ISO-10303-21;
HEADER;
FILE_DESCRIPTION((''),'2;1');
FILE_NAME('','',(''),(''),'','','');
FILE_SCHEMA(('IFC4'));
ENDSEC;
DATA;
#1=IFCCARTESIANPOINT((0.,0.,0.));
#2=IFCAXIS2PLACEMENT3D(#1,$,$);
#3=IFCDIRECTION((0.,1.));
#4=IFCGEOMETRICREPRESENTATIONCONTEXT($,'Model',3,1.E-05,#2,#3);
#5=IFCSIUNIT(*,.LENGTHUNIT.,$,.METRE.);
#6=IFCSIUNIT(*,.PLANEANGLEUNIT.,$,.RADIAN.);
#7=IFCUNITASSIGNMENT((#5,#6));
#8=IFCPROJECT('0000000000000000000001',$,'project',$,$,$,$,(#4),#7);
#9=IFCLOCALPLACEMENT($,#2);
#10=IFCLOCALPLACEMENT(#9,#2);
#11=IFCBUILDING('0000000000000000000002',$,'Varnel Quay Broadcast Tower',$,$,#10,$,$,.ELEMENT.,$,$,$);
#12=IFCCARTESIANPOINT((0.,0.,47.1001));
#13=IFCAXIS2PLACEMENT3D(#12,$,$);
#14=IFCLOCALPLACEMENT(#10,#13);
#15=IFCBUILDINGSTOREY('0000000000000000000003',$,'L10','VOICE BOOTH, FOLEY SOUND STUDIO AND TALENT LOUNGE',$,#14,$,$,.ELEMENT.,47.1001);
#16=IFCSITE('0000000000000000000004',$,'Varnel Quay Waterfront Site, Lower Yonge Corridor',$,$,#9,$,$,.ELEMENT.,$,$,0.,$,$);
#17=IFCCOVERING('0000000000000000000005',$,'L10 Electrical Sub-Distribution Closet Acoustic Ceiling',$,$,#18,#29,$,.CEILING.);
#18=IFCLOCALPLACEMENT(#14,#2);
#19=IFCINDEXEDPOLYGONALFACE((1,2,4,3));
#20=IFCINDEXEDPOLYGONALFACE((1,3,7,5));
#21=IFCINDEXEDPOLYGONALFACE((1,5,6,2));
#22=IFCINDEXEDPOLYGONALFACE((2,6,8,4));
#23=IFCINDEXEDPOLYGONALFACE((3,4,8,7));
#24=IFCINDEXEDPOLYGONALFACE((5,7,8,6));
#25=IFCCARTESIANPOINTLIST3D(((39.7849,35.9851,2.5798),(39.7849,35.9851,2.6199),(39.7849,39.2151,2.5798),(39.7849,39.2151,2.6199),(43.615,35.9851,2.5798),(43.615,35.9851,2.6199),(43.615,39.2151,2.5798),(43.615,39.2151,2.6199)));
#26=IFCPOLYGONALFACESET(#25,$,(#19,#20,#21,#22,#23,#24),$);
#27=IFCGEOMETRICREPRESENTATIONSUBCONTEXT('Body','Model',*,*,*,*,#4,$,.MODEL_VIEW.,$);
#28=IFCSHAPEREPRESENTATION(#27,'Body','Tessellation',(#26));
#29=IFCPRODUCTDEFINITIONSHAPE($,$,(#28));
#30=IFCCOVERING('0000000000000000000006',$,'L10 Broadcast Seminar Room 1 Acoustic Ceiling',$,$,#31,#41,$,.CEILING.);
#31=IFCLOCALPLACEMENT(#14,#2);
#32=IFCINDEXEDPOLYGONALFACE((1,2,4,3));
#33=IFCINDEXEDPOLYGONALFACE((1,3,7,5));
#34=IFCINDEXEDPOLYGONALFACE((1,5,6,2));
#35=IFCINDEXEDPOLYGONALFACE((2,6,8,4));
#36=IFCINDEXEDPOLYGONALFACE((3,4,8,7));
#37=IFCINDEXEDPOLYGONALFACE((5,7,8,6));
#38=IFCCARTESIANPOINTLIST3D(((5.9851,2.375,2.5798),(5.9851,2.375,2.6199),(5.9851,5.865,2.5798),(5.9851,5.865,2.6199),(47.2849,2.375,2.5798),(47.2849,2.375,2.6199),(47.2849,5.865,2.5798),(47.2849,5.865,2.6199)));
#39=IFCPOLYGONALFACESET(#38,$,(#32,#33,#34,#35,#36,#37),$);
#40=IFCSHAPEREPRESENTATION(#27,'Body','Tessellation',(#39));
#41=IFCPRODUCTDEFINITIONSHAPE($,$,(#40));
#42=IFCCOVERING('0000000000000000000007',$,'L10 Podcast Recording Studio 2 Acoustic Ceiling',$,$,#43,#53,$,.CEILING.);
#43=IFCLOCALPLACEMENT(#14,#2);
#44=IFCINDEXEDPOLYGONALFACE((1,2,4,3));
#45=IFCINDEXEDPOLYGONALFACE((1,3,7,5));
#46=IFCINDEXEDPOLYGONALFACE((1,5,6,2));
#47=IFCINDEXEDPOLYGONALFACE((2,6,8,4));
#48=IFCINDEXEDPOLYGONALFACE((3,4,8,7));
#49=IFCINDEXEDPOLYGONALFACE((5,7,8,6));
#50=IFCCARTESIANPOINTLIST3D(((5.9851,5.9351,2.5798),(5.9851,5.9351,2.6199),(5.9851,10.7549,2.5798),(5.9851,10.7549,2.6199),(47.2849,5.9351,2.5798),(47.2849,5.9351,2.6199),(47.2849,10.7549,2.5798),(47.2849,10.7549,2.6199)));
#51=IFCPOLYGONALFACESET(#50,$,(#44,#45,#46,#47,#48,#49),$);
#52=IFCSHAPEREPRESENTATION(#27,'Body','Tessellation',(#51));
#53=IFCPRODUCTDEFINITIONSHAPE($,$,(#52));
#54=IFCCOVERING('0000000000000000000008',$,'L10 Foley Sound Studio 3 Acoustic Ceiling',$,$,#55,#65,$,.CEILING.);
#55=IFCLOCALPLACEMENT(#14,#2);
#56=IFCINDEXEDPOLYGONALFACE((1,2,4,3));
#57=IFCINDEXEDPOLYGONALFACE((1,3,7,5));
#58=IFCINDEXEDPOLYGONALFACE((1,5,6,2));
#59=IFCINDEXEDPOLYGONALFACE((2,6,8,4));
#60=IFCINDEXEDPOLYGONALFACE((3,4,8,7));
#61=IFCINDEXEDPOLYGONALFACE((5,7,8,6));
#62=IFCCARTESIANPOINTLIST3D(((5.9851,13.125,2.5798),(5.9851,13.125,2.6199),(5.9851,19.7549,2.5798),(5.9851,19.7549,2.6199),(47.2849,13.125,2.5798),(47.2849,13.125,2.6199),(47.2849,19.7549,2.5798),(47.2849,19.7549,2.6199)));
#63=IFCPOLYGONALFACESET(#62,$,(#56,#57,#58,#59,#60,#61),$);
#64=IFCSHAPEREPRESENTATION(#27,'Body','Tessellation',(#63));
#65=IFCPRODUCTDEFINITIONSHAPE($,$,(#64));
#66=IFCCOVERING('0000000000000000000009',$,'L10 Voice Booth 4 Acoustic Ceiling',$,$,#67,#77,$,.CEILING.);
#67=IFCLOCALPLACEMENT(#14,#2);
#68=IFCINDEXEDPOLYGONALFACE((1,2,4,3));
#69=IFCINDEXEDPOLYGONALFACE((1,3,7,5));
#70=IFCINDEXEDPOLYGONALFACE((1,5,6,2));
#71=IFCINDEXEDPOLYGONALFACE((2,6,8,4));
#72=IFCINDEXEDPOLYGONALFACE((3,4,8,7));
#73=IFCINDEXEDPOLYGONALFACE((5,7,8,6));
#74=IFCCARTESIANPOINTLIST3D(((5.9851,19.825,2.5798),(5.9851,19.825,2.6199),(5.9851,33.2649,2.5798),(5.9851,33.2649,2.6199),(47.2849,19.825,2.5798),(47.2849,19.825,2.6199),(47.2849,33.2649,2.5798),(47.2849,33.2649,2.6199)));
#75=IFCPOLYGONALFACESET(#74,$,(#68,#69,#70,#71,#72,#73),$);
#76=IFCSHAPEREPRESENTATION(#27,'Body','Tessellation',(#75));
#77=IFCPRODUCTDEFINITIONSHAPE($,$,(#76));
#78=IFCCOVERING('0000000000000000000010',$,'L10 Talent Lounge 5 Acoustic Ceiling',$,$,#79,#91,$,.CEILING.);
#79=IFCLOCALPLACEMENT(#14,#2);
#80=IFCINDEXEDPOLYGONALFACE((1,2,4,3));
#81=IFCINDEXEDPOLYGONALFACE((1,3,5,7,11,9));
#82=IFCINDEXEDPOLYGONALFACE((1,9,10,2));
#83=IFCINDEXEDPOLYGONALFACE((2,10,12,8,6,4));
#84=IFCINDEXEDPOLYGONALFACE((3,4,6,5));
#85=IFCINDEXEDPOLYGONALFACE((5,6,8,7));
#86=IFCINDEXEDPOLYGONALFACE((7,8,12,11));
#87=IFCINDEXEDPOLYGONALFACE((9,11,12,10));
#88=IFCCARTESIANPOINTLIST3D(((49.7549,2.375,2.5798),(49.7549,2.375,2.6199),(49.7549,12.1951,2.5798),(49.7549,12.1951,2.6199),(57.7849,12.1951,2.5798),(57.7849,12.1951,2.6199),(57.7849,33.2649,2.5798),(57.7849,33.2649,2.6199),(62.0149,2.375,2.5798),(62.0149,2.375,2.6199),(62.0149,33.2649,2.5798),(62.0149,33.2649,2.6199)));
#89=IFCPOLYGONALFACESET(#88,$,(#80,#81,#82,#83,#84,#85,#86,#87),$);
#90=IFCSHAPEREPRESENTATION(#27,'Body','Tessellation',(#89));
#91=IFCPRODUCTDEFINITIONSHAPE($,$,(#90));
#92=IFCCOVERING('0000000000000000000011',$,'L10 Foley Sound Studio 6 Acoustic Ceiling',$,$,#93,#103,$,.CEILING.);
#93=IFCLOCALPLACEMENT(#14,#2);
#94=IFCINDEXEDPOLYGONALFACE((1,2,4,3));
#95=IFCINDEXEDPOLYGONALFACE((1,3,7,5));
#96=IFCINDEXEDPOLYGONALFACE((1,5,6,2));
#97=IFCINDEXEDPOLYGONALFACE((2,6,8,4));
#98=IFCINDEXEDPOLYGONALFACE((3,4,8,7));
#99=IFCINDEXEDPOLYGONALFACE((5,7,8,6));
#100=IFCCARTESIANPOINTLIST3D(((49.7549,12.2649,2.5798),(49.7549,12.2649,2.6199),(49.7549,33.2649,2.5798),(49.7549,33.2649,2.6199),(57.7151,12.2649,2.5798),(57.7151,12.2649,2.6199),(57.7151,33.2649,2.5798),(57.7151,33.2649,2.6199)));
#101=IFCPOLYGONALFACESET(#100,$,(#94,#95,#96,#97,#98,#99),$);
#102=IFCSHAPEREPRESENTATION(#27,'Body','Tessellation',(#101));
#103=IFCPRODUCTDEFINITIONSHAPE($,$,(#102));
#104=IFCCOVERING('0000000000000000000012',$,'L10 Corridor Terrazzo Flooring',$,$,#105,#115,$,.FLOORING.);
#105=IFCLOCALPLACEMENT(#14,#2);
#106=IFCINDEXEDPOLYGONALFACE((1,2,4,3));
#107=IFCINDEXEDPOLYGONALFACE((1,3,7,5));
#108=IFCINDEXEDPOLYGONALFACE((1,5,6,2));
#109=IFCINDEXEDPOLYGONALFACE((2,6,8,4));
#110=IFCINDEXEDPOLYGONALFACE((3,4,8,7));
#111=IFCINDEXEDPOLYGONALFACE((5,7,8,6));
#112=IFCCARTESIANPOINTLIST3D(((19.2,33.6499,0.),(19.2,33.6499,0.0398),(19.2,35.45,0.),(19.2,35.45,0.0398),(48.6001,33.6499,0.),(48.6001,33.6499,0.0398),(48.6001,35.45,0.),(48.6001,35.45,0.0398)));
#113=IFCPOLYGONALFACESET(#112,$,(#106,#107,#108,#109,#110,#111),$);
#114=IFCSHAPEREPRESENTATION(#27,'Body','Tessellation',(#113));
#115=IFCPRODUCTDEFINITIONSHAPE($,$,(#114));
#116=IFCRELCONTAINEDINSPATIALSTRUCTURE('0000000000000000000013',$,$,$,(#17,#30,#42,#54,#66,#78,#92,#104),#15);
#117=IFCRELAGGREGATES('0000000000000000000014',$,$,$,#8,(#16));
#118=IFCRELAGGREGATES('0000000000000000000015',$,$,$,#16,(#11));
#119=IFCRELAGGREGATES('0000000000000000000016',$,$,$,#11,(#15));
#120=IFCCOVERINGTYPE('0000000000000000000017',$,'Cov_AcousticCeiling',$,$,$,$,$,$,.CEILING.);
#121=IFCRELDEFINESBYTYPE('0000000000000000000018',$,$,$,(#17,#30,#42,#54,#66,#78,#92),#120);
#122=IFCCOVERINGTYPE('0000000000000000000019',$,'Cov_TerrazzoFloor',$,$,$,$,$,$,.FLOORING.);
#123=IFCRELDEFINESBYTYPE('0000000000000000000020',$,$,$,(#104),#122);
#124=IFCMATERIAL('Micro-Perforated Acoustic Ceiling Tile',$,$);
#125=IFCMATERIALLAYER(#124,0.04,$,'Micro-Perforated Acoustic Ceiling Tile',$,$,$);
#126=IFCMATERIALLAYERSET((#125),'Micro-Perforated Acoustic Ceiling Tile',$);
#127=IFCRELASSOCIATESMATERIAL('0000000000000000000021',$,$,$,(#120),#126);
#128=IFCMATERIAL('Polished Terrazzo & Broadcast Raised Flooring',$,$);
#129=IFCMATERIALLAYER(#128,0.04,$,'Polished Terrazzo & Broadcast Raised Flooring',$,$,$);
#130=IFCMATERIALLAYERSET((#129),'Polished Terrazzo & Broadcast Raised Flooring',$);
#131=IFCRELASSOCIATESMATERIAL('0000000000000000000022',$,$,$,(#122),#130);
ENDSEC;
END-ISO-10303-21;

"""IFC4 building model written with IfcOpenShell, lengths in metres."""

from ifc_helpers import new_model, si_unit, direction, frame, origin, place, context, subcontext, project, spatial, polyline, outline, extrude, material, layer, layer_set, type_object, element, save


model = new_model("IFC4")

# Units and contexts
model_context = context("Model", 3, precision=1e-05, world=origin(), true_north=direction((0.0, 1.0)))
body_context = subcontext(model_context, "Body", "Model", "MODEL_VIEW")
ifc_project = project(units=[si_unit("LENGTHUNIT", "METRE"), si_unit("PLANEANGLEUNIT", "RADIAN")], contexts=[model_context])

# Site, building, storey
site_placement = place(None, origin())
site = spatial("IfcSite", under=ifc_project, at=site_placement, Name="Varnel Quay Waterfront Site, Lower Yonge Corridor", CompositionType="ELEMENT", RefElevation=0.0)
building_placement = place(site_placement, origin())
building = spatial("IfcBuilding", under=site, at=building_placement, Name="Varnel Quay Broadcast Tower", CompositionType="ELEMENT")
storey_placement = place(building_placement, frame((0.0, 0.0, 47.1001)))
storey = spatial("IfcBuildingStorey", under=building, at=storey_placement, Name="L10", Description="VOICE BOOTH, FOLEY SOUND STUDIO AND TALENT LOUNGE", CompositionType="ELEMENT", Elevation=47.1001)

# Coverings
ifc_material_1 = material(Name="Micro-Perforated Acoustic Ceiling Tile")
ifc_layer_1 = layer(ifc_material_1, 0.04, Name="Micro-Perforated Acoustic Ceiling Tile")
ifc_layer_set_1 = layer_set([ifc_layer_1], Name="Micro-Perforated Acoustic Ceiling Tile")
covering_type_1 = type_object("IfcCoveringType", Name="Cov_AcousticCeiling", PredefinedType="CEILING", material=ifc_layer_set_1)
covering_1_placement = place(storey_placement, frame((0.0, 0.0, 2.5798)))
element("IfcCovering", 1, at=covering_1_placement, inside=storey, type_object=covering_type_1, Name="L10 Electrical Sub-Distribution Closet Acoustic Ceiling", PredefinedType="CEILING", context=body_context, shape_type="SweptSolid", body=[
    extrude(outline(polyline([(39.7849, 35.9851), (43.615, 35.9851), (43.615, 39.2151), (39.7849, 39.2151), (39.7849, 35.9851)])), origin(), (0.0, 0.0, 1.0), 0.04),
])
covering_2_placement = place(storey_placement, frame((0.0, 0.0, 2.5798)))
element("IfcCovering", 2, at=covering_2_placement, inside=storey, type_object=covering_type_1, Name="L10 Broadcast Seminar Room 1 Acoustic Ceiling", PredefinedType="CEILING", context=body_context, shape_type="SweptSolid", body=[
    extrude(outline(polyline([(5.9851, 2.375), (47.2849, 2.375), (47.2849, 5.865), (5.9851, 5.865), (5.9851, 2.375)])), origin(), (0.0, 0.0, 1.0), 0.04),
])
covering_3_placement = place(storey_placement, frame((0.0, 0.0, 2.5798)))
element("IfcCovering", 3, at=covering_3_placement, inside=storey, type_object=covering_type_1, Name="L10 Podcast Recording Studio 2 Acoustic Ceiling", PredefinedType="CEILING", context=body_context, shape_type="SweptSolid", body=[
    extrude(outline(polyline([(5.9851, 5.9351), (47.2849, 5.9351), (47.2849, 10.7549), (5.9851, 10.7549), (5.9851, 5.9351)])), origin(), (0.0, 0.0, 1.0), 0.04),
])
covering_4_placement = place(storey_placement, frame((0.0, 0.0, 2.5798)))
element("IfcCovering", 4, at=covering_4_placement, inside=storey, type_object=covering_type_1, Name="L10 Foley Sound Studio 3 Acoustic Ceiling", PredefinedType="CEILING", context=body_context, shape_type="SweptSolid", body=[
    extrude(outline(polyline([(5.9851, 13.125), (47.2849, 13.125), (47.2849, 19.7549), (5.9851, 19.7549), (5.9851, 13.125)])), origin(), (0.0, 0.0, 1.0), 0.04),
])
covering_5_placement = place(storey_placement, frame((0.0, 0.0, 2.5798)))
element("IfcCovering", 5, at=covering_5_placement, inside=storey, type_object=covering_type_1, Name="L10 Voice Booth 4 Acoustic Ceiling", PredefinedType="CEILING", context=body_context, shape_type="SweptSolid", body=[
    extrude(outline(polyline([(5.9851, 19.825), (47.2849, 19.825), (47.2849, 33.2649), (5.9851, 33.2649), (5.9851, 19.825)])), origin(), (0.0, 0.0, 1.0), 0.04),
])
covering_6_placement = place(storey_placement, frame((0.0, 0.0, 2.5798)))
element("IfcCovering", 6, at=covering_6_placement, inside=storey, type_object=covering_type_1, Name="L10 Talent Lounge 5 Acoustic Ceiling", PredefinedType="CEILING", context=body_context, shape_type="SweptSolid", body=[
    extrude(outline(polyline([(49.7549, 2.375), (62.0149, 2.375), (62.0149, 33.2649), (57.7849, 33.2649), (57.7849, 12.1951), (49.7549, 12.1951), (49.7549, 2.375)])), origin(), (0.0, 0.0, 1.0), 0.04),
])
covering_7_placement = place(storey_placement, frame((0.0, 0.0, 2.5798)))
element("IfcCovering", 7, at=covering_7_placement, inside=storey, type_object=covering_type_1, Name="L10 Foley Sound Studio 6 Acoustic Ceiling", PredefinedType="CEILING", context=body_context, shape_type="SweptSolid", body=[
    extrude(outline(polyline([(49.7549, 12.2649), (57.7151, 12.2649), (57.7151, 33.2649), (49.7549, 33.2649), (49.7549, 12.2649)])), origin(), (0.0, 0.0, 1.0), 0.04),
])
ifc_material_2 = material(Name="Polished Terrazzo & Broadcast Raised Flooring")
ifc_layer_2 = layer(ifc_material_2, 0.04, Name="Polished Terrazzo & Broadcast Raised Flooring")
ifc_layer_set_2 = layer_set([ifc_layer_2], Name="Polished Terrazzo & Broadcast Raised Flooring")
covering_type_2 = type_object("IfcCoveringType", Name="Cov_TerrazzoFloor", PredefinedType="FLOORING", material=ifc_layer_set_2)
covering_8_placement = place(storey_placement, origin())
element("IfcCovering", 8, at=covering_8_placement, inside=storey, type_object=covering_type_2, Name="L10 Corridor Terrazzo Flooring", PredefinedType="FLOORING", context=body_context, shape_type="SweptSolid", body=[
    extrude(outline(polyline([(19.2, 33.6499), (48.6001, 33.6499), (48.6001, 35.45), (19.2, 35.45), (19.2, 33.6499)])), origin(), (0.0, 0.0, 1.0), 0.0398),
])

save(model, "model.ifc")
